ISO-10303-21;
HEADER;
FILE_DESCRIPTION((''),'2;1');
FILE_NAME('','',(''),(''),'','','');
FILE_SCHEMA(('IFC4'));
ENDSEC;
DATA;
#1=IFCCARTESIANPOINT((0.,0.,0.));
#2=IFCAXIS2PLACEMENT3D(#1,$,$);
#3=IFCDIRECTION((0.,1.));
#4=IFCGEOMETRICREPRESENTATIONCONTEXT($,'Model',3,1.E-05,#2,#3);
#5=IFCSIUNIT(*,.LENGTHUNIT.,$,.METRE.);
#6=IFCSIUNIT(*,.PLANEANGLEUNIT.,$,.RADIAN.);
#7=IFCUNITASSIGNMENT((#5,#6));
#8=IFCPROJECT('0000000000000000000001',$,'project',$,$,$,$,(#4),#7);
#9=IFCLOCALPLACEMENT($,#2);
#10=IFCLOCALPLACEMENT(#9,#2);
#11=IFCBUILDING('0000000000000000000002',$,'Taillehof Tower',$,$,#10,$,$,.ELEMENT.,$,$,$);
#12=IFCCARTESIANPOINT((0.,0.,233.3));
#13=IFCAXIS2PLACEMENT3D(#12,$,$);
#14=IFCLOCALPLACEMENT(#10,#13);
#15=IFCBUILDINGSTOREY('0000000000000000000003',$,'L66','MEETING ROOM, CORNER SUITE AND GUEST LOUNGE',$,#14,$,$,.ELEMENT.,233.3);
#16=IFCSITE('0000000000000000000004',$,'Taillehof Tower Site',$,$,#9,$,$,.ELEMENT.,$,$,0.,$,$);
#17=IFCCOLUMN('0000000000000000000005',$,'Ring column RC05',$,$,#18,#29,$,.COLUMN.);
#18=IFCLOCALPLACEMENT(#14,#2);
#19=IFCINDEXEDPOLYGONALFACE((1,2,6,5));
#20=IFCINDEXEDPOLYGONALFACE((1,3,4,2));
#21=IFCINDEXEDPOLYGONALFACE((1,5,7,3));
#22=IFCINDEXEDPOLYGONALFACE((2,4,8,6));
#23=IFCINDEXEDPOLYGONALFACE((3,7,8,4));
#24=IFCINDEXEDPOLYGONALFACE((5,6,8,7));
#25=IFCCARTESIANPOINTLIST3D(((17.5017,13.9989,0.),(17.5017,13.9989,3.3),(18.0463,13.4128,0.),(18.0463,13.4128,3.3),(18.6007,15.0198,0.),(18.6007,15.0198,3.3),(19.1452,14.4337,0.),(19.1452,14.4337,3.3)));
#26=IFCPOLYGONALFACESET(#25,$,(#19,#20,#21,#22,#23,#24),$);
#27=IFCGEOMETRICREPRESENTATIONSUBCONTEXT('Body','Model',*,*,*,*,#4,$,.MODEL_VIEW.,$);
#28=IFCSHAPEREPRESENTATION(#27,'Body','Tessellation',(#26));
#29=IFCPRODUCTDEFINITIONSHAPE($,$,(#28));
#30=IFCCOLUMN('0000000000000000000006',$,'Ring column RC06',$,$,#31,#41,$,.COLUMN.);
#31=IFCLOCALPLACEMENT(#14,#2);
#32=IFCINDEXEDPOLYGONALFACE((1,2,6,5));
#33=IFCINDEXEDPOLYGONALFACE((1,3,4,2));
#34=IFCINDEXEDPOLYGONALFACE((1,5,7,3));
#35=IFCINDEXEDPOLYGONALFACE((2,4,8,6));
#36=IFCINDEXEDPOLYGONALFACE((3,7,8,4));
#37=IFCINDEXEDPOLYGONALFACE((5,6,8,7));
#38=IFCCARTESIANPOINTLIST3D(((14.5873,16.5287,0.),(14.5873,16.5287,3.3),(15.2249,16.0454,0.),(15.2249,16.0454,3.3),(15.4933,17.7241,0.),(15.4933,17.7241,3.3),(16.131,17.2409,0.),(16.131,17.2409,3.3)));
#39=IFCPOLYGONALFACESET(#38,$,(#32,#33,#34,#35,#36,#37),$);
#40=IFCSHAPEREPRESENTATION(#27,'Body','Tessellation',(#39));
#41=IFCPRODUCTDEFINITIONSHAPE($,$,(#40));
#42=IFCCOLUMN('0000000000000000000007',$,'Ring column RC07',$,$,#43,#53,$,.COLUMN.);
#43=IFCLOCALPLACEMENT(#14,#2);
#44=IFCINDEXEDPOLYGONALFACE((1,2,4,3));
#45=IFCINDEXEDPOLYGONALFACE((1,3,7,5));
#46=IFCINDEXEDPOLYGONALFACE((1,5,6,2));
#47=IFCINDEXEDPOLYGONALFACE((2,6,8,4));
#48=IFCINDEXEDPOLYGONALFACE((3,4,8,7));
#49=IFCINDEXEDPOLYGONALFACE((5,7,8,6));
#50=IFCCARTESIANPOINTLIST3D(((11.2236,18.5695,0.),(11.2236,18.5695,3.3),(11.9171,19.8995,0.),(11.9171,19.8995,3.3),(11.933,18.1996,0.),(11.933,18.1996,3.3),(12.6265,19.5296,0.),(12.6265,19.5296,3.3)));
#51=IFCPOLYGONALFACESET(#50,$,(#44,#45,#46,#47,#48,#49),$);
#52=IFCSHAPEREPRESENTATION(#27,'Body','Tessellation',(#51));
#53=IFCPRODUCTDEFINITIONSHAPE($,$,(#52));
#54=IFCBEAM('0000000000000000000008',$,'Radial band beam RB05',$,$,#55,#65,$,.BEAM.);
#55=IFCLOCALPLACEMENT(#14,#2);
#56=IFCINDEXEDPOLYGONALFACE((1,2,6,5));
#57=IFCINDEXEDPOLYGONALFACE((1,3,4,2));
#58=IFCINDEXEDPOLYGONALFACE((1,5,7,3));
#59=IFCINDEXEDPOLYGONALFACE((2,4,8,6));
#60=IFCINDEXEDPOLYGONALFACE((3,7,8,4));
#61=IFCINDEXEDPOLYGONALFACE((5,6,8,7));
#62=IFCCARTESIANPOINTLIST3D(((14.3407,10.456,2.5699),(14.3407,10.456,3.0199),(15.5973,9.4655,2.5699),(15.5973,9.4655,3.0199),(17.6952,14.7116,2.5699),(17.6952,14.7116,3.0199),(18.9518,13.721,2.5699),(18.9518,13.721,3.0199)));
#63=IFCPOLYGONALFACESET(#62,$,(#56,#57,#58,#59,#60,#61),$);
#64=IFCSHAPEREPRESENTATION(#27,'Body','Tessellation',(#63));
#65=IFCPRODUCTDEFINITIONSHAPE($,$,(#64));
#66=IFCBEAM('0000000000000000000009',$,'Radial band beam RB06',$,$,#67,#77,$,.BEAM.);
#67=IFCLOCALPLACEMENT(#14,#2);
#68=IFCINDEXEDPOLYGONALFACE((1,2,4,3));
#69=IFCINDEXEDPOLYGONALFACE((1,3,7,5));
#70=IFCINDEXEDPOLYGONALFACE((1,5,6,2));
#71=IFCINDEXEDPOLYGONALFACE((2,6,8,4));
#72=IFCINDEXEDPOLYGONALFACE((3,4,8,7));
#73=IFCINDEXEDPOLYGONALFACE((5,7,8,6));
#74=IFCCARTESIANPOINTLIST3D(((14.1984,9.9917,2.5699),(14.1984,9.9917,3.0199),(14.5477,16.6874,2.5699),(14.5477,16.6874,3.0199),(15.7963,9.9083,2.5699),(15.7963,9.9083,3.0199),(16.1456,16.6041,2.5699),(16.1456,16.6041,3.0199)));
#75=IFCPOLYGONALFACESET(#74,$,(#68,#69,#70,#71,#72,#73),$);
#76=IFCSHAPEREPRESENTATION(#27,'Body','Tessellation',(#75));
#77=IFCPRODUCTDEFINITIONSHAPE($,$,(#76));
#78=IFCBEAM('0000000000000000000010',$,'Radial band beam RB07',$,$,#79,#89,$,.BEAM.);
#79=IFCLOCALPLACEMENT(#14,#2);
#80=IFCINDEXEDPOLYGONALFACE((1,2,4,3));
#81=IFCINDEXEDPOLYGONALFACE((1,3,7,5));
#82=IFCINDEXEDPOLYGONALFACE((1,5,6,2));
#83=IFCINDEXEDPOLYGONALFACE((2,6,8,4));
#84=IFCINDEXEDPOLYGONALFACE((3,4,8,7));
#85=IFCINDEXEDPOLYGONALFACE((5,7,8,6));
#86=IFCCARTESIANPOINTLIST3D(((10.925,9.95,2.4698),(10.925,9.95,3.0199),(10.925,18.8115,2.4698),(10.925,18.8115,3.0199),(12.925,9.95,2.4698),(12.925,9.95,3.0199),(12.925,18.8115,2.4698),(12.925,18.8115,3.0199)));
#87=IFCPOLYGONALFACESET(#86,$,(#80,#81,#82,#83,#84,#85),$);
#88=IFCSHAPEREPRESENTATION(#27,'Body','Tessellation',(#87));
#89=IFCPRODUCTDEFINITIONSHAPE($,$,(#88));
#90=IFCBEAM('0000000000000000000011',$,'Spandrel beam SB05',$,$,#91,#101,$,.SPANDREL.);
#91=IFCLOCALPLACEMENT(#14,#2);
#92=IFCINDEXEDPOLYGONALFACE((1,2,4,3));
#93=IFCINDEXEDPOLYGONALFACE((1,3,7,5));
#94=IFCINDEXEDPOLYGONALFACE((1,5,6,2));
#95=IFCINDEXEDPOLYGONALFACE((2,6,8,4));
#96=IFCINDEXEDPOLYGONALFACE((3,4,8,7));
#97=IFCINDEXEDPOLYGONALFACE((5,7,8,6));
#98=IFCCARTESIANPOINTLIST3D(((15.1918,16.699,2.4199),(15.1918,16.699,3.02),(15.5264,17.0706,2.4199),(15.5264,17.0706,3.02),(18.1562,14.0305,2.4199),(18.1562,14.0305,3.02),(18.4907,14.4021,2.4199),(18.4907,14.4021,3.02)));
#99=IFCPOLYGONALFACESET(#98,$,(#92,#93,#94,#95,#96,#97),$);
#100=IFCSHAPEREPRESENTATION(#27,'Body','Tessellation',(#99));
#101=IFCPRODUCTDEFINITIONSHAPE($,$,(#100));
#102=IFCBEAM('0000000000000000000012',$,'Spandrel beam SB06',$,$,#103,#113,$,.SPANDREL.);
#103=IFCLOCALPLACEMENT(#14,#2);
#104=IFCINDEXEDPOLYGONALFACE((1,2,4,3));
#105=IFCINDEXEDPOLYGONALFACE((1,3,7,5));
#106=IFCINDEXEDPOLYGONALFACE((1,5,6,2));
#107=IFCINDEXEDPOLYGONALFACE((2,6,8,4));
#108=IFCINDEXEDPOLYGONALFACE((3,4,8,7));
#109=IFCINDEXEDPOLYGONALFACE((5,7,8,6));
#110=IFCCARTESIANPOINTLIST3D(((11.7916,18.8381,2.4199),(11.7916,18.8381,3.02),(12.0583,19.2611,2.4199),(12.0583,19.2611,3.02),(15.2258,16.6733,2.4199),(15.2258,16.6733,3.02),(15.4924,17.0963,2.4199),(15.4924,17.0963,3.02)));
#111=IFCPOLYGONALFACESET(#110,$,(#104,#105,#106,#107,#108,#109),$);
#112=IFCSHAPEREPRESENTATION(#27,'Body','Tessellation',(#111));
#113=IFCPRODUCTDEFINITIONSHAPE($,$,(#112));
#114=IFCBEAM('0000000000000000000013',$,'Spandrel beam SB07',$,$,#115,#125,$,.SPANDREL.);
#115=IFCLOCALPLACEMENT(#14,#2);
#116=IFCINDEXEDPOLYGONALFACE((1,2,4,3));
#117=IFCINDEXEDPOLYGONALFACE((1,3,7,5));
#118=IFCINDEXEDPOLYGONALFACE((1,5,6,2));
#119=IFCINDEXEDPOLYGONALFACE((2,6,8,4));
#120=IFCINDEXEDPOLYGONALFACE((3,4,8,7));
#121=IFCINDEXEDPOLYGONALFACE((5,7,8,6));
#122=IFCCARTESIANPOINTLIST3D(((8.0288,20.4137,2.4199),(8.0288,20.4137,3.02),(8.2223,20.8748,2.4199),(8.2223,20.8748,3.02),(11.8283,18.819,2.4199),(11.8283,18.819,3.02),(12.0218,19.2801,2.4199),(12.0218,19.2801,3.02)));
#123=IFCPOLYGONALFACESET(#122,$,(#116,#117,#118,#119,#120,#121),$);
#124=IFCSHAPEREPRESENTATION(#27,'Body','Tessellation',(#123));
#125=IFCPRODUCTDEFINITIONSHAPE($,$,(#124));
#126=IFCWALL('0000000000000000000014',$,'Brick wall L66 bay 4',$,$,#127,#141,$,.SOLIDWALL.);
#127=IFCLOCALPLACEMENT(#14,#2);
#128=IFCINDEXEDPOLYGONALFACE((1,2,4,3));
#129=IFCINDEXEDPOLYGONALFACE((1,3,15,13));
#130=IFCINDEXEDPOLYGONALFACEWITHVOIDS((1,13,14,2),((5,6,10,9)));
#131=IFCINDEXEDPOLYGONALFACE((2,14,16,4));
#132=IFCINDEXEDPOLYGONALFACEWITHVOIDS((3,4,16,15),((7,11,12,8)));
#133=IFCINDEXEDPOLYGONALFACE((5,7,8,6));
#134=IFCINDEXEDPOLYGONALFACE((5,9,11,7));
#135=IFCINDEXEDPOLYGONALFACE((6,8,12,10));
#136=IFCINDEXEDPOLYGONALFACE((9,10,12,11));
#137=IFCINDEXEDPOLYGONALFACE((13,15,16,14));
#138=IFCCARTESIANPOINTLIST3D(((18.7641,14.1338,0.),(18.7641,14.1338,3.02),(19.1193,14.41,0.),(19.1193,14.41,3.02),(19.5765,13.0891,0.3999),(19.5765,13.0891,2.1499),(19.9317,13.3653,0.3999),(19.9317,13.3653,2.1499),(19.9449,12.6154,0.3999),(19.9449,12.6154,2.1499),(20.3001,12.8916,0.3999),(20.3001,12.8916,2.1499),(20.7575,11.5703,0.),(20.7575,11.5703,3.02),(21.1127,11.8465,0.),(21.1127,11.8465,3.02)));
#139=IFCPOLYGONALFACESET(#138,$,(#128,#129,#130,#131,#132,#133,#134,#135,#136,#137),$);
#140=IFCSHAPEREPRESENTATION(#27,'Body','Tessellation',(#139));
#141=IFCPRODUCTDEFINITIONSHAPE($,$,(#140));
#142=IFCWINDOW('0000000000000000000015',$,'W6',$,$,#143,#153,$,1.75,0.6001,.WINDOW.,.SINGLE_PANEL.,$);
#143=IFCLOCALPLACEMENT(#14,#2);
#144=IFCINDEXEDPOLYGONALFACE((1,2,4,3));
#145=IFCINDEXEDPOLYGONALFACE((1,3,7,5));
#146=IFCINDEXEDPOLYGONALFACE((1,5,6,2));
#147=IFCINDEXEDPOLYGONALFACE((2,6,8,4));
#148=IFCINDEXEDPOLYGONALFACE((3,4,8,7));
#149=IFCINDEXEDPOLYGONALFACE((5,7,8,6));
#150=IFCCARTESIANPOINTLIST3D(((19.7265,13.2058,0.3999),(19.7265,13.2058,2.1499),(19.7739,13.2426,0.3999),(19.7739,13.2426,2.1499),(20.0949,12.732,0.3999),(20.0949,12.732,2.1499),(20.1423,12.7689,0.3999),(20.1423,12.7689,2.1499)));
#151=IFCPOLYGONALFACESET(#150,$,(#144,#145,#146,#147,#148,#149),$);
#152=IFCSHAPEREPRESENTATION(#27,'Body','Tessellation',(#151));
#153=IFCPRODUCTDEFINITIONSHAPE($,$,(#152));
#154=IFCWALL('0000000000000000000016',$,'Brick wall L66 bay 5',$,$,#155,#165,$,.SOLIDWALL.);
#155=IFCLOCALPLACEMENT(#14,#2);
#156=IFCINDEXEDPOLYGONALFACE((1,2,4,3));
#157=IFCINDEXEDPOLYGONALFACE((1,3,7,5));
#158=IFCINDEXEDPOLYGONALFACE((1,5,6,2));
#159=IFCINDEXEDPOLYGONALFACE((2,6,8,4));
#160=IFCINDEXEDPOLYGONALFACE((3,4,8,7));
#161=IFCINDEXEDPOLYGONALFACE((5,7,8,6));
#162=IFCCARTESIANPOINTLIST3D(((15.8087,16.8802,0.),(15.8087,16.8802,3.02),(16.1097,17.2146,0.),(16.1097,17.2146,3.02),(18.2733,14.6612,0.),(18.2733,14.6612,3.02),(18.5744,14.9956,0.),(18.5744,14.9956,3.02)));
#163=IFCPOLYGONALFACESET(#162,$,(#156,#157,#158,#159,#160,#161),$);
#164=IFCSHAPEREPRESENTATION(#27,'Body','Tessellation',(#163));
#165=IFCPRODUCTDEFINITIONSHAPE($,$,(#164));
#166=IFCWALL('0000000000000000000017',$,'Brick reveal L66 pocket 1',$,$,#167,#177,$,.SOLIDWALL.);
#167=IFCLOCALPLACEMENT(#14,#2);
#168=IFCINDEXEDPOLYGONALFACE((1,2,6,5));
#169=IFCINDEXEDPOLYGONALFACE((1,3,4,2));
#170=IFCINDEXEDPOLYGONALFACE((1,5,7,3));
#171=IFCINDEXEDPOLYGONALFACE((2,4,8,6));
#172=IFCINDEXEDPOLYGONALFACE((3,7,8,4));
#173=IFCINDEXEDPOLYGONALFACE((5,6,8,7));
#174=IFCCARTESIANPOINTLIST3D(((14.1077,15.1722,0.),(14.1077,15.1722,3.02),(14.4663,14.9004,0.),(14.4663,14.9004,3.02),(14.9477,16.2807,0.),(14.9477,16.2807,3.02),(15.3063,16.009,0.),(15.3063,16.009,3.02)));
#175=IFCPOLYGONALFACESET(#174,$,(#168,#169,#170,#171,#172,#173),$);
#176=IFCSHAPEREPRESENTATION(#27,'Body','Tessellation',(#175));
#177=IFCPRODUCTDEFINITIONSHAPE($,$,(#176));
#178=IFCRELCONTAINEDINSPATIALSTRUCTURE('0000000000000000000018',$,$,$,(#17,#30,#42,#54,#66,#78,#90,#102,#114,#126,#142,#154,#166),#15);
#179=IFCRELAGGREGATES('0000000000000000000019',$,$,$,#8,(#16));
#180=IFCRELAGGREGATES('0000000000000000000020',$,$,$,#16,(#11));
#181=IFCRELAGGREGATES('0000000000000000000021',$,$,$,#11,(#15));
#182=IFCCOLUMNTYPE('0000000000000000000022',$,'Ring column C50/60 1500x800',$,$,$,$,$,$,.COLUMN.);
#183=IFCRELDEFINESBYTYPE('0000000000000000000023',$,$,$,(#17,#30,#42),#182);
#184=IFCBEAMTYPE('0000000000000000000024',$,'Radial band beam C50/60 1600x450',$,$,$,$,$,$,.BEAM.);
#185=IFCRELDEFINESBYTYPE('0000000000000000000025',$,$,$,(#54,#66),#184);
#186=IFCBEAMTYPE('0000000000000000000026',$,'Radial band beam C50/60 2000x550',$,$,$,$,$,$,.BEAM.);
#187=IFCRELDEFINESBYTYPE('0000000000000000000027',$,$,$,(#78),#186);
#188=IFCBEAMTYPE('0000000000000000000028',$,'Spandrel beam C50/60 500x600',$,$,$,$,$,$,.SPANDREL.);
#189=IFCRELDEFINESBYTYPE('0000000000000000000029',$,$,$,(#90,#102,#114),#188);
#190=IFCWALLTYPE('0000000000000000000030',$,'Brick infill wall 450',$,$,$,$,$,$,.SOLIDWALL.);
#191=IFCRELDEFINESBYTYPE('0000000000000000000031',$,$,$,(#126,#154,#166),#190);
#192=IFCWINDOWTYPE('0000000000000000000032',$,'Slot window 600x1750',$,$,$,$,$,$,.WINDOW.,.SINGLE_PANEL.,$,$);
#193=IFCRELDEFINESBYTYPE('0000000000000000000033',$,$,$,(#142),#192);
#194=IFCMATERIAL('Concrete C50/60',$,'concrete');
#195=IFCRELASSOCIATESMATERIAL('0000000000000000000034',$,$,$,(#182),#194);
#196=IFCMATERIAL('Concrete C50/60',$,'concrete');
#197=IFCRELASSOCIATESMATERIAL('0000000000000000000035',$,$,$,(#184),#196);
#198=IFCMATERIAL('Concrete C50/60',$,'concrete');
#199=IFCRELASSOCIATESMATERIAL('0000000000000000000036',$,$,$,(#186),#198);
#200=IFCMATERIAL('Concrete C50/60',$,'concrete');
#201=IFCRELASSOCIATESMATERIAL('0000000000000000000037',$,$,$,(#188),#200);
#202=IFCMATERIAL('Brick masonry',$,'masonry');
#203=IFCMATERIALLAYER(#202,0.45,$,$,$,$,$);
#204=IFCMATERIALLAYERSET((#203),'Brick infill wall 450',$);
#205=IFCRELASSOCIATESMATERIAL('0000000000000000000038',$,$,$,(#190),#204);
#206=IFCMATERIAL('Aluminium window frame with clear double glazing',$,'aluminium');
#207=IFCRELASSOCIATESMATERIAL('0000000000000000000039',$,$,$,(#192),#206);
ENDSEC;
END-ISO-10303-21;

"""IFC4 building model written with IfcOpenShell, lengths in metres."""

from ifc_helpers import new_model, si_unit, direction, frame, frame_2d, origin, origin_2d, place, context, subcontext, project, spatial, rectangle, extrude, material, layer, layer_set, material_profile, profile_set, type_object, element, fill, save


model = new_model("IFC4")

# Units and contexts
model_context = context("Model", 3, precision=1e-05, world=origin(), true_north=direction((0.0, 1.0)))
body_context = subcontext(model_context, "Body", "Model", "MODEL_VIEW")
ifc_project = project(units=[si_unit("LENGTHUNIT", "METRE"), si_unit("PLANEANGLEUNIT", "RADIAN")], contexts=[model_context])

# Site, building, storey
site_placement = place(None, origin())
site = spatial("IfcSite", under=ifc_project, at=site_placement, Name="Taillehof Tower Site", CompositionType="ELEMENT", RefElevation=0.0)
building_placement = place(site_placement, origin())
building = spatial("IfcBuilding", under=site, at=building_placement, Name="Taillehof Tower", CompositionType="ELEMENT")
storey_placement = place(building_placement, frame((0.0, 0.0, 233.3)))
storey = spatial("IfcBuildingStorey", under=building, at=storey_placement, Name="L66", Description="MEETING ROOM, CORNER SUITE AND GUEST LOUNGE", CompositionType="ELEMENT", Elevation=233.3)

# Columns
ifc_material_1 = material(Name="Concrete C50/60", Category="concrete")
ifc_material_profile_1 = material_profile(ifc_material_1, rectangle(XDim=1.5, YDim=0.8, at=origin_2d()), Name="RC 1500x800")
ifc_profile_set_1 = profile_set([ifc_material_profile_1], Name="Concrete C50/60")
column_type = type_object("IfcColumnType", Name="Ring column C50/60 1500x800", PredefinedType="COLUMN", material=ifc_profile_set_1)
for number, where, z_axis, x_axis, name in (
    (1, (18.3235, 14.2163, 0.0), (0.0, 0.0, 1.0), (0.732636, 0.680621, 0.0), "Ring column RC05"),
    (2, (15.3591, 16.8848, 0.0), (0.0, 0.0, 1.0), (0.60402, 0.796969, 0.0), "Ring column RC06"),
    (3, (11.925, 19.0496, 0.0), (0.0, 0.0, 1.0), (0.462384, 0.88668, 0.0), "Ring column RC07"),
):
    element("IfcColumn", number, at=place(storey_placement, frame(where, z_axis=z_axis, x_axis=x_axis)), inside=storey, type_object=column_type, Name=name, PredefinedType="COLUMN", context=body_context, shape_type="SweptSolid", body=[
        extrude(rectangle(XDim=1.5, YDim=0.8, at=origin_2d()), origin(), (0.0, 0.0, 1.0), 3.3),
    ])

# Beams
ifc_material_2 = material(Name="Concrete C50/60", Category="concrete")
ifc_material_profile_2 = material_profile(ifc_material_2, rectangle(XDim=1.6001, YDim=0.45, at=origin_2d()), Name="RC 1600x450")
ifc_profile_set_2 = profile_set([ifc_material_profile_2], Name="Concrete C50/60")
beam_type_1 = type_object("IfcBeamType", Name="Radial band beam C50/60 1600x450", PredefinedType="BEAM", material=ifc_profile_set_2)
beam_1_placement = place(storey_placement, frame((18.3235, 14.2163, 2.7949), z_axis=(-0.619052, -0.78535, 0.0), x_axis=(0.78535, -0.619052, 0.0)))
element("IfcBeam", 4, at=beam_1_placement, inside=storey, type_object=beam_type_1, Name="Radial band beam RB05", PredefinedType="BEAM", context=body_context, shape_type="SweptSolid", body=[
    extrude(rectangle(XDim=1.6001, YDim=0.45, at=origin_2d()), origin(), (0.0, 0.0, 1.0), 5.4187),
])
beam_2_placement = place(storey_placement, frame((15.3467, 16.6458, 2.7949), z_axis=(-0.052106, -0.998642, 0.0), x_axis=(0.998642, -0.052106, 0.0)))
element("IfcBeam", 5, at=beam_2_placement, inside=storey, type_object=beam_type_1, Name="Radial band beam RB06", PredefinedType="BEAM", context=body_context, shape_type="SweptSolid", body=[
    extrude(rectangle(XDim=1.6001, YDim=0.45, at=origin_2d()), origin(), (0.0, 0.0, 1.0), 6.7048),
])
ifc_material_3 = material(Name="Concrete C50/60", Category="concrete")
ifc_material_profile_3 = material_profile(ifc_material_3, rectangle(XDim=2.0, YDim=0.55, at=origin_2d()), Name="RC 2000x550")
ifc_profile_set_3 = profile_set([ifc_material_profile_3], Name="Concrete C50/60")
beam_type_2 = type_object("IfcBeamType", Name="Radial band beam C50/60 2000x550", PredefinedType="BEAM", material=ifc_profile_set_3)
beam_3_placement = place(storey_placement, frame((11.925, 18.8115, 2.7449), z_axis=(0.0, -1.0, 0.0), x_axis=(1.0, 0.0, 0.0)))
element("IfcBeam", 6, at=beam_3_placement, inside=storey, type_object=beam_type_2, Name="Radial band beam RB07", PredefinedType="BEAM", context=body_context, shape_type="SweptSolid", body=[
    extrude(rectangle(XDim=2.0, YDim=0.55, at=origin_2d()), origin(), (0.0, 0.0, 1.0), 8.8616),
])
ifc_material_4 = material(Name="Concrete C50/60", Category="concrete")
ifc_material_profile_4 = material_profile(ifc_material_4, rectangle(XDim=0.5, YDim=0.6001, at=origin_2d()), Name="RC 500x600")
ifc_profile_set_4 = profile_set([ifc_material_profile_4], Name="Concrete C50/60")
beam_type_3 = type_object("IfcBeamType", Name="Spandrel beam C50/60 500x600", PredefinedType="SPANDREL", material=ifc_profile_set_4)
beam_4_placement = place(storey_placement, frame((18.3235, 14.2163, 2.72), z_axis=(-0.743227, 0.669039, 0.0), x_axis=(-0.669039, -0.743227, 0.0)))
element("IfcBeam", 7, at=beam_4_placement, inside=storey, type_object=beam_type_3, Name="Spandrel beam SB05", PredefinedType="SPANDREL", context=body_context, shape_type="SweptSolid", body=[
    extrude(rectangle(XDim=0.5, YDim=0.6001, at=origin_2d()), origin(), (0.0, 0.0, 1.0), 3.9885),
])
beam_5_placement = place(storey_placement, frame((15.3591, 16.8848, 2.72), z_axis=(-0.845944, 0.533271, 0.0), x_axis=(-0.533271, -0.845944, 0.0)))
element("IfcBeam", 8, at=beam_5_placement, inside=storey, type_object=beam_type_3, Name="Spandrel beam SB06", PredefinedType="SPANDREL", context=body_context, shape_type="SweptSolid", body=[
    extrude(rectangle(XDim=0.5, YDim=0.6001, at=origin_2d()), origin(), (0.0, 0.0, 1.0), 4.0596),
])
beam_6_placement = place(storey_placement, frame((11.925, 19.0496, 2.72), z_axis=(-0.922076, 0.387008, 0.0), x_axis=(-0.387008, -0.922076, 0.0)))
element("IfcBeam", 9, at=beam_6_placement, inside=storey, type_object=beam_type_3, Name="Spandrel beam SB07", PredefinedType="SPANDREL", context=body_context, shape_type="SweptSolid", body=[
    extrude(rectangle(XDim=0.5, YDim=0.6001, at=origin_2d()), origin(), (0.0, 0.0, 1.0), 4.1206),
])

# Wall, opening, window
ifc_material_5 = material(Name="Brick masonry", Category="masonry")
ifc_layer_1 = layer(ifc_material_5, 0.45)
ifc_layer_set_1 = layer_set([ifc_layer_1], Name="Brick infill wall 450")
wall_type_1 = type_object("IfcWallType", Name="Brick infill wall 450", PredefinedType="SOLIDWALL", material=ifc_layer_set_1)
wall_1_placement = place(storey_placement, frame((20.9351, 11.7085, 0.0), z_axis=(0.0, 0.0, 1.0), x_axis=(-0.613863, 0.789413, 0.0)))
wall_1 = element("IfcWall", 10, at=wall_1_placement, inside=storey, type_object=wall_type_1, Name="Brick wall L66 bay 4", PredefinedType="SOLIDWALL", context=body_context, shape_type="SweptSolid", body=[
    extrude(rectangle(XDim=3.2473, YDim=0.45, at=frame_2d((1.6235, 0.0))), origin(), (0.0, 0.0, 1.0), 3.02),
])
opening_1_placement = place(wall_1_placement, frame((1.3237, 0.0, 0.3999)))
opening_1 = element("IfcOpeningElement", 11, at=opening_1_placement, cuts=wall_1, PredefinedType="OPENING", context=body_context, shape_type="SweptSolid", body=[
    extrude(rectangle(XDim=0.6001, YDim=1.75, at=frame_2d((0.3, 0.875))), frame((0.0, 0.2349, 0.0), z_axis=(0.0, -1.0, 0.0), x_axis=(1.0, 0.0, 0.0)), (0.0, 0.0, 1.0), 0.47),
])
ifc_material_6 = material(Name="Aluminium window frame with clear double glazing", Category="aluminium")
window_type_1 = type_object("IfcWindowType", Name="Slot window 600x1750", PartitioningType="SINGLE_PANEL", PredefinedType="WINDOW", material=ifc_material_6)
window_1_placement = place(opening_1_placement, origin())
window_1 = element("IfcWindow", 12, at=window_1_placement, inside=storey, type_object=window_type_1, Name="W6", OverallHeight=1.75, OverallWidth=0.6001, PartitioningType="SINGLE_PANEL", PredefinedType="WINDOW", context=body_context, shape_type="SweptSolid", body=[
    extrude(rectangle(XDim=0.6001, YDim=1.75, at=frame_2d((0.3, 0.875))), frame((0.0, 0.0349, 0.0), z_axis=(0.0, -1.0, 0.0), x_axis=(1.0, 0.0, 0.0)), (0.0, 0.0, 1.0), 0.0601),
])
fill(opening_1, window_1)

# Walls
wall_2_placement = place(storey_placement, frame((18.4238, 14.8284, 0.0), z_axis=(0.0, 0.0, 1.0), x_axis=(-0.743166, 0.669107, 0.0)))
element("IfcWall", 13, at=wall_2_placement, inside=storey, type_object=wall_type_1, Name="Brick wall L66 bay 5", PredefinedType="SOLIDWALL", context=body_context, shape_type="SweptSolid", body=[
    extrude(rectangle(XDim=3.3164, YDim=0.45, at=frame_2d((1.6582, 0.0))), origin(), (0.0, 0.0, 1.0), 3.02),
])
wall_3_placement = place(storey_placement, frame((15.127, 16.1448, 0.0), z_axis=(0.0, 0.0, 1.0), x_axis=(-0.603952, -0.79702, 0.0)))
element("IfcWall", 14, at=wall_3_placement, inside=storey, type_object=wall_type_1, Name="Brick reveal L66 pocket 1", PredefinedType="SOLIDWALL", context=body_context, shape_type="SweptSolid", body=[
    extrude(rectangle(XDim=1.3909, YDim=0.45, at=frame_2d((0.6953, 0.0))), origin(), (0.0, 0.0, 1.0), 3.02),
])

save(model, "model.ifc")
